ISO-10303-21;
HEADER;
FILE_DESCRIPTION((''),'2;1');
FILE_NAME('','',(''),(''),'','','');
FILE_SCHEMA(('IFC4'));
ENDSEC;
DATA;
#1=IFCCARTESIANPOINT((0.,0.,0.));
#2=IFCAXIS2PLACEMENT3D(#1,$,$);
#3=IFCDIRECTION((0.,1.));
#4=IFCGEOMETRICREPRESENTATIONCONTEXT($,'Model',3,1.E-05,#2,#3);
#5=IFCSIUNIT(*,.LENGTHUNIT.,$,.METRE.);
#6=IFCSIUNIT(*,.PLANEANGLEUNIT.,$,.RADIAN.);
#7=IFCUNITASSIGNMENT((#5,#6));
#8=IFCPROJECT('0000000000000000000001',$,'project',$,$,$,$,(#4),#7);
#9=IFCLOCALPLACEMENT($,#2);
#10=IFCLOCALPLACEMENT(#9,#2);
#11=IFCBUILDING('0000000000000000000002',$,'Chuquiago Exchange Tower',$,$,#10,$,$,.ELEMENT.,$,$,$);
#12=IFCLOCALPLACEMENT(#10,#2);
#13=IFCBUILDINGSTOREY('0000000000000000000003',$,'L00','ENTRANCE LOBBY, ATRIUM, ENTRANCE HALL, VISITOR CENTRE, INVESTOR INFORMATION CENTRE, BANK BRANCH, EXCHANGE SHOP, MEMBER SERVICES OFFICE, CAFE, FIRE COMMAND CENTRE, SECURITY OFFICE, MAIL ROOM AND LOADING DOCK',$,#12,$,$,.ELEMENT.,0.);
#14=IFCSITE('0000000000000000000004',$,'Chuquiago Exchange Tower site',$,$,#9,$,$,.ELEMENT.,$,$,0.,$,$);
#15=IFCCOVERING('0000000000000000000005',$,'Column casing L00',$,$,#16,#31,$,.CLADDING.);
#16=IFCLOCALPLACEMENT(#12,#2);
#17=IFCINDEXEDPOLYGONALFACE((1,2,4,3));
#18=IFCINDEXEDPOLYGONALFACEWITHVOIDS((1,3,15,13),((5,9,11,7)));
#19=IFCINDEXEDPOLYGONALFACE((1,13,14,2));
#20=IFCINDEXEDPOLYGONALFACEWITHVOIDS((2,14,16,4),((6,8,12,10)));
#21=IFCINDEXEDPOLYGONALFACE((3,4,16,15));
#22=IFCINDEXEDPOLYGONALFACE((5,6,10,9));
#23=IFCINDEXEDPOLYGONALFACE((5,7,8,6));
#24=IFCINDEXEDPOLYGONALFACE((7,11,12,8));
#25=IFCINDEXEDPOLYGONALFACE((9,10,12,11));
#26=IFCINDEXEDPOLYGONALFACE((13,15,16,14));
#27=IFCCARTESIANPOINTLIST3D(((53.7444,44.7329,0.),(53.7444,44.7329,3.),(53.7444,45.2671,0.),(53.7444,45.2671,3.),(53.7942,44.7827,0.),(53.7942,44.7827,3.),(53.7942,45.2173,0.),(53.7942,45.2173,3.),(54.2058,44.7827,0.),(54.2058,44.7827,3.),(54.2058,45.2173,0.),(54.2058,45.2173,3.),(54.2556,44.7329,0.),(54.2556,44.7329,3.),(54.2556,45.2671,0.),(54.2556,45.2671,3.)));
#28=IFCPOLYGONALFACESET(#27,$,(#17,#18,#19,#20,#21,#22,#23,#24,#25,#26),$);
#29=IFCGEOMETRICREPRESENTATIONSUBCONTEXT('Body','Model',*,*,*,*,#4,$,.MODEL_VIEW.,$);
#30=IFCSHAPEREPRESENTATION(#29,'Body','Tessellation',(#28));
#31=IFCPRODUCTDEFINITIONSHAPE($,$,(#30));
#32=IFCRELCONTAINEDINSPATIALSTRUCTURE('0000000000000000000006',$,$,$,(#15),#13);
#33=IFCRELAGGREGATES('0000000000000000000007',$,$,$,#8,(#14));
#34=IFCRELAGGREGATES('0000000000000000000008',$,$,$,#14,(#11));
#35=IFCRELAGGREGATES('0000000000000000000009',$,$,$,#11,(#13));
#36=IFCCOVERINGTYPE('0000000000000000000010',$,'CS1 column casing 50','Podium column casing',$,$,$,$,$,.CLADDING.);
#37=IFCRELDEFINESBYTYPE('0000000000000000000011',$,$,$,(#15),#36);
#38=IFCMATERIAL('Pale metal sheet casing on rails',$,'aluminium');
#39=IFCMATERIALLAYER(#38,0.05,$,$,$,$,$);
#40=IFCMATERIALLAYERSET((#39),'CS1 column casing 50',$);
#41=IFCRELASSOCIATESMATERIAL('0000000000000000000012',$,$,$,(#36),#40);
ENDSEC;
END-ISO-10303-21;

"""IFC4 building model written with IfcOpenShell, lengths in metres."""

from ifc_helpers import new_model, si_unit, direction, origin, place, context, subcontext, project, spatial, polyline, outline, extrude, material, layer, layer_set, type_object, element, save


model = new_model("IFC4")

# Units and contexts
model_context = context("Model", 3, precision=1e-05, world=origin(), true_north=direction((0.0, 1.0)))
body_context = subcontext(model_context, "Body", "Model", "MODEL_VIEW")
ifc_project = project(units=[si_unit("LENGTHUNIT", "METRE"), si_unit("PLANEANGLEUNIT", "RADIAN")], contexts=[model_context])

# Site, building, storey
site_placement = place(None, origin())
site = spatial("IfcSite", under=ifc_project, at=site_placement, Name="Chuquiago Exchange Tower site", CompositionType="ELEMENT", RefElevation=0.0)
building_placement = place(site_placement, origin())
building = spatial("IfcBuilding", under=site, at=building_placement, Name="Chuquiago Exchange Tower", CompositionType="ELEMENT")
storey_placement = place(building_placement, origin())
storey = spatial("IfcBuildingStorey", under=building, at=storey_placement, Name="L00", Description="ENTRANCE LOBBY, ATRIUM, ENTRANCE HALL, VISITOR CENTRE, INVESTOR INFORMATION CENTRE, BANK BRANCH, EXCHANGE SHOP, MEMBER SERVICES OFFICE, CAFE, FIRE COMMAND CENTRE, SECURITY OFFICE, MAIL ROOM AND LOADING DOCK", CompositionType="ELEMENT", Elevation=0.0)

# Covering
ifc_material_1 = material(Name="Pale metal sheet casing on rails", Category="aluminium")
ifc_layer = layer(ifc_material_1, 0.05)
ifc_layer_set = layer_set([ifc_layer], Name="CS1 column casing 50")
covering_type = type_object("IfcCoveringType", Name="CS1 column casing 50", Description="Podium column casing", PredefinedType="CLADDING", material=ifc_layer_set)
covering_1_placement = place(storey_placement, origin())
element("IfcCovering", 1, at=covering_1_placement, inside=storey, type_object=covering_type, Name="Column casing L00", PredefinedType="CLADDING", context=body_context, shape_type="SweptSolid", body=[
    extrude(outline(polyline([(53.7444, 44.7329), (54.2556, 44.7329), (54.2556, 45.2671), (53.7444, 45.2671), (53.7444, 44.7329)]), holes=[polyline([(53.7942, 44.7827), (53.7942, 45.2173), (54.2058, 45.2173), (54.2058, 44.7827), (53.7942, 44.7827)])]), origin(), (0.0, 0.0, 1.0), 3.0),
])

save(model, "model.ifc")
